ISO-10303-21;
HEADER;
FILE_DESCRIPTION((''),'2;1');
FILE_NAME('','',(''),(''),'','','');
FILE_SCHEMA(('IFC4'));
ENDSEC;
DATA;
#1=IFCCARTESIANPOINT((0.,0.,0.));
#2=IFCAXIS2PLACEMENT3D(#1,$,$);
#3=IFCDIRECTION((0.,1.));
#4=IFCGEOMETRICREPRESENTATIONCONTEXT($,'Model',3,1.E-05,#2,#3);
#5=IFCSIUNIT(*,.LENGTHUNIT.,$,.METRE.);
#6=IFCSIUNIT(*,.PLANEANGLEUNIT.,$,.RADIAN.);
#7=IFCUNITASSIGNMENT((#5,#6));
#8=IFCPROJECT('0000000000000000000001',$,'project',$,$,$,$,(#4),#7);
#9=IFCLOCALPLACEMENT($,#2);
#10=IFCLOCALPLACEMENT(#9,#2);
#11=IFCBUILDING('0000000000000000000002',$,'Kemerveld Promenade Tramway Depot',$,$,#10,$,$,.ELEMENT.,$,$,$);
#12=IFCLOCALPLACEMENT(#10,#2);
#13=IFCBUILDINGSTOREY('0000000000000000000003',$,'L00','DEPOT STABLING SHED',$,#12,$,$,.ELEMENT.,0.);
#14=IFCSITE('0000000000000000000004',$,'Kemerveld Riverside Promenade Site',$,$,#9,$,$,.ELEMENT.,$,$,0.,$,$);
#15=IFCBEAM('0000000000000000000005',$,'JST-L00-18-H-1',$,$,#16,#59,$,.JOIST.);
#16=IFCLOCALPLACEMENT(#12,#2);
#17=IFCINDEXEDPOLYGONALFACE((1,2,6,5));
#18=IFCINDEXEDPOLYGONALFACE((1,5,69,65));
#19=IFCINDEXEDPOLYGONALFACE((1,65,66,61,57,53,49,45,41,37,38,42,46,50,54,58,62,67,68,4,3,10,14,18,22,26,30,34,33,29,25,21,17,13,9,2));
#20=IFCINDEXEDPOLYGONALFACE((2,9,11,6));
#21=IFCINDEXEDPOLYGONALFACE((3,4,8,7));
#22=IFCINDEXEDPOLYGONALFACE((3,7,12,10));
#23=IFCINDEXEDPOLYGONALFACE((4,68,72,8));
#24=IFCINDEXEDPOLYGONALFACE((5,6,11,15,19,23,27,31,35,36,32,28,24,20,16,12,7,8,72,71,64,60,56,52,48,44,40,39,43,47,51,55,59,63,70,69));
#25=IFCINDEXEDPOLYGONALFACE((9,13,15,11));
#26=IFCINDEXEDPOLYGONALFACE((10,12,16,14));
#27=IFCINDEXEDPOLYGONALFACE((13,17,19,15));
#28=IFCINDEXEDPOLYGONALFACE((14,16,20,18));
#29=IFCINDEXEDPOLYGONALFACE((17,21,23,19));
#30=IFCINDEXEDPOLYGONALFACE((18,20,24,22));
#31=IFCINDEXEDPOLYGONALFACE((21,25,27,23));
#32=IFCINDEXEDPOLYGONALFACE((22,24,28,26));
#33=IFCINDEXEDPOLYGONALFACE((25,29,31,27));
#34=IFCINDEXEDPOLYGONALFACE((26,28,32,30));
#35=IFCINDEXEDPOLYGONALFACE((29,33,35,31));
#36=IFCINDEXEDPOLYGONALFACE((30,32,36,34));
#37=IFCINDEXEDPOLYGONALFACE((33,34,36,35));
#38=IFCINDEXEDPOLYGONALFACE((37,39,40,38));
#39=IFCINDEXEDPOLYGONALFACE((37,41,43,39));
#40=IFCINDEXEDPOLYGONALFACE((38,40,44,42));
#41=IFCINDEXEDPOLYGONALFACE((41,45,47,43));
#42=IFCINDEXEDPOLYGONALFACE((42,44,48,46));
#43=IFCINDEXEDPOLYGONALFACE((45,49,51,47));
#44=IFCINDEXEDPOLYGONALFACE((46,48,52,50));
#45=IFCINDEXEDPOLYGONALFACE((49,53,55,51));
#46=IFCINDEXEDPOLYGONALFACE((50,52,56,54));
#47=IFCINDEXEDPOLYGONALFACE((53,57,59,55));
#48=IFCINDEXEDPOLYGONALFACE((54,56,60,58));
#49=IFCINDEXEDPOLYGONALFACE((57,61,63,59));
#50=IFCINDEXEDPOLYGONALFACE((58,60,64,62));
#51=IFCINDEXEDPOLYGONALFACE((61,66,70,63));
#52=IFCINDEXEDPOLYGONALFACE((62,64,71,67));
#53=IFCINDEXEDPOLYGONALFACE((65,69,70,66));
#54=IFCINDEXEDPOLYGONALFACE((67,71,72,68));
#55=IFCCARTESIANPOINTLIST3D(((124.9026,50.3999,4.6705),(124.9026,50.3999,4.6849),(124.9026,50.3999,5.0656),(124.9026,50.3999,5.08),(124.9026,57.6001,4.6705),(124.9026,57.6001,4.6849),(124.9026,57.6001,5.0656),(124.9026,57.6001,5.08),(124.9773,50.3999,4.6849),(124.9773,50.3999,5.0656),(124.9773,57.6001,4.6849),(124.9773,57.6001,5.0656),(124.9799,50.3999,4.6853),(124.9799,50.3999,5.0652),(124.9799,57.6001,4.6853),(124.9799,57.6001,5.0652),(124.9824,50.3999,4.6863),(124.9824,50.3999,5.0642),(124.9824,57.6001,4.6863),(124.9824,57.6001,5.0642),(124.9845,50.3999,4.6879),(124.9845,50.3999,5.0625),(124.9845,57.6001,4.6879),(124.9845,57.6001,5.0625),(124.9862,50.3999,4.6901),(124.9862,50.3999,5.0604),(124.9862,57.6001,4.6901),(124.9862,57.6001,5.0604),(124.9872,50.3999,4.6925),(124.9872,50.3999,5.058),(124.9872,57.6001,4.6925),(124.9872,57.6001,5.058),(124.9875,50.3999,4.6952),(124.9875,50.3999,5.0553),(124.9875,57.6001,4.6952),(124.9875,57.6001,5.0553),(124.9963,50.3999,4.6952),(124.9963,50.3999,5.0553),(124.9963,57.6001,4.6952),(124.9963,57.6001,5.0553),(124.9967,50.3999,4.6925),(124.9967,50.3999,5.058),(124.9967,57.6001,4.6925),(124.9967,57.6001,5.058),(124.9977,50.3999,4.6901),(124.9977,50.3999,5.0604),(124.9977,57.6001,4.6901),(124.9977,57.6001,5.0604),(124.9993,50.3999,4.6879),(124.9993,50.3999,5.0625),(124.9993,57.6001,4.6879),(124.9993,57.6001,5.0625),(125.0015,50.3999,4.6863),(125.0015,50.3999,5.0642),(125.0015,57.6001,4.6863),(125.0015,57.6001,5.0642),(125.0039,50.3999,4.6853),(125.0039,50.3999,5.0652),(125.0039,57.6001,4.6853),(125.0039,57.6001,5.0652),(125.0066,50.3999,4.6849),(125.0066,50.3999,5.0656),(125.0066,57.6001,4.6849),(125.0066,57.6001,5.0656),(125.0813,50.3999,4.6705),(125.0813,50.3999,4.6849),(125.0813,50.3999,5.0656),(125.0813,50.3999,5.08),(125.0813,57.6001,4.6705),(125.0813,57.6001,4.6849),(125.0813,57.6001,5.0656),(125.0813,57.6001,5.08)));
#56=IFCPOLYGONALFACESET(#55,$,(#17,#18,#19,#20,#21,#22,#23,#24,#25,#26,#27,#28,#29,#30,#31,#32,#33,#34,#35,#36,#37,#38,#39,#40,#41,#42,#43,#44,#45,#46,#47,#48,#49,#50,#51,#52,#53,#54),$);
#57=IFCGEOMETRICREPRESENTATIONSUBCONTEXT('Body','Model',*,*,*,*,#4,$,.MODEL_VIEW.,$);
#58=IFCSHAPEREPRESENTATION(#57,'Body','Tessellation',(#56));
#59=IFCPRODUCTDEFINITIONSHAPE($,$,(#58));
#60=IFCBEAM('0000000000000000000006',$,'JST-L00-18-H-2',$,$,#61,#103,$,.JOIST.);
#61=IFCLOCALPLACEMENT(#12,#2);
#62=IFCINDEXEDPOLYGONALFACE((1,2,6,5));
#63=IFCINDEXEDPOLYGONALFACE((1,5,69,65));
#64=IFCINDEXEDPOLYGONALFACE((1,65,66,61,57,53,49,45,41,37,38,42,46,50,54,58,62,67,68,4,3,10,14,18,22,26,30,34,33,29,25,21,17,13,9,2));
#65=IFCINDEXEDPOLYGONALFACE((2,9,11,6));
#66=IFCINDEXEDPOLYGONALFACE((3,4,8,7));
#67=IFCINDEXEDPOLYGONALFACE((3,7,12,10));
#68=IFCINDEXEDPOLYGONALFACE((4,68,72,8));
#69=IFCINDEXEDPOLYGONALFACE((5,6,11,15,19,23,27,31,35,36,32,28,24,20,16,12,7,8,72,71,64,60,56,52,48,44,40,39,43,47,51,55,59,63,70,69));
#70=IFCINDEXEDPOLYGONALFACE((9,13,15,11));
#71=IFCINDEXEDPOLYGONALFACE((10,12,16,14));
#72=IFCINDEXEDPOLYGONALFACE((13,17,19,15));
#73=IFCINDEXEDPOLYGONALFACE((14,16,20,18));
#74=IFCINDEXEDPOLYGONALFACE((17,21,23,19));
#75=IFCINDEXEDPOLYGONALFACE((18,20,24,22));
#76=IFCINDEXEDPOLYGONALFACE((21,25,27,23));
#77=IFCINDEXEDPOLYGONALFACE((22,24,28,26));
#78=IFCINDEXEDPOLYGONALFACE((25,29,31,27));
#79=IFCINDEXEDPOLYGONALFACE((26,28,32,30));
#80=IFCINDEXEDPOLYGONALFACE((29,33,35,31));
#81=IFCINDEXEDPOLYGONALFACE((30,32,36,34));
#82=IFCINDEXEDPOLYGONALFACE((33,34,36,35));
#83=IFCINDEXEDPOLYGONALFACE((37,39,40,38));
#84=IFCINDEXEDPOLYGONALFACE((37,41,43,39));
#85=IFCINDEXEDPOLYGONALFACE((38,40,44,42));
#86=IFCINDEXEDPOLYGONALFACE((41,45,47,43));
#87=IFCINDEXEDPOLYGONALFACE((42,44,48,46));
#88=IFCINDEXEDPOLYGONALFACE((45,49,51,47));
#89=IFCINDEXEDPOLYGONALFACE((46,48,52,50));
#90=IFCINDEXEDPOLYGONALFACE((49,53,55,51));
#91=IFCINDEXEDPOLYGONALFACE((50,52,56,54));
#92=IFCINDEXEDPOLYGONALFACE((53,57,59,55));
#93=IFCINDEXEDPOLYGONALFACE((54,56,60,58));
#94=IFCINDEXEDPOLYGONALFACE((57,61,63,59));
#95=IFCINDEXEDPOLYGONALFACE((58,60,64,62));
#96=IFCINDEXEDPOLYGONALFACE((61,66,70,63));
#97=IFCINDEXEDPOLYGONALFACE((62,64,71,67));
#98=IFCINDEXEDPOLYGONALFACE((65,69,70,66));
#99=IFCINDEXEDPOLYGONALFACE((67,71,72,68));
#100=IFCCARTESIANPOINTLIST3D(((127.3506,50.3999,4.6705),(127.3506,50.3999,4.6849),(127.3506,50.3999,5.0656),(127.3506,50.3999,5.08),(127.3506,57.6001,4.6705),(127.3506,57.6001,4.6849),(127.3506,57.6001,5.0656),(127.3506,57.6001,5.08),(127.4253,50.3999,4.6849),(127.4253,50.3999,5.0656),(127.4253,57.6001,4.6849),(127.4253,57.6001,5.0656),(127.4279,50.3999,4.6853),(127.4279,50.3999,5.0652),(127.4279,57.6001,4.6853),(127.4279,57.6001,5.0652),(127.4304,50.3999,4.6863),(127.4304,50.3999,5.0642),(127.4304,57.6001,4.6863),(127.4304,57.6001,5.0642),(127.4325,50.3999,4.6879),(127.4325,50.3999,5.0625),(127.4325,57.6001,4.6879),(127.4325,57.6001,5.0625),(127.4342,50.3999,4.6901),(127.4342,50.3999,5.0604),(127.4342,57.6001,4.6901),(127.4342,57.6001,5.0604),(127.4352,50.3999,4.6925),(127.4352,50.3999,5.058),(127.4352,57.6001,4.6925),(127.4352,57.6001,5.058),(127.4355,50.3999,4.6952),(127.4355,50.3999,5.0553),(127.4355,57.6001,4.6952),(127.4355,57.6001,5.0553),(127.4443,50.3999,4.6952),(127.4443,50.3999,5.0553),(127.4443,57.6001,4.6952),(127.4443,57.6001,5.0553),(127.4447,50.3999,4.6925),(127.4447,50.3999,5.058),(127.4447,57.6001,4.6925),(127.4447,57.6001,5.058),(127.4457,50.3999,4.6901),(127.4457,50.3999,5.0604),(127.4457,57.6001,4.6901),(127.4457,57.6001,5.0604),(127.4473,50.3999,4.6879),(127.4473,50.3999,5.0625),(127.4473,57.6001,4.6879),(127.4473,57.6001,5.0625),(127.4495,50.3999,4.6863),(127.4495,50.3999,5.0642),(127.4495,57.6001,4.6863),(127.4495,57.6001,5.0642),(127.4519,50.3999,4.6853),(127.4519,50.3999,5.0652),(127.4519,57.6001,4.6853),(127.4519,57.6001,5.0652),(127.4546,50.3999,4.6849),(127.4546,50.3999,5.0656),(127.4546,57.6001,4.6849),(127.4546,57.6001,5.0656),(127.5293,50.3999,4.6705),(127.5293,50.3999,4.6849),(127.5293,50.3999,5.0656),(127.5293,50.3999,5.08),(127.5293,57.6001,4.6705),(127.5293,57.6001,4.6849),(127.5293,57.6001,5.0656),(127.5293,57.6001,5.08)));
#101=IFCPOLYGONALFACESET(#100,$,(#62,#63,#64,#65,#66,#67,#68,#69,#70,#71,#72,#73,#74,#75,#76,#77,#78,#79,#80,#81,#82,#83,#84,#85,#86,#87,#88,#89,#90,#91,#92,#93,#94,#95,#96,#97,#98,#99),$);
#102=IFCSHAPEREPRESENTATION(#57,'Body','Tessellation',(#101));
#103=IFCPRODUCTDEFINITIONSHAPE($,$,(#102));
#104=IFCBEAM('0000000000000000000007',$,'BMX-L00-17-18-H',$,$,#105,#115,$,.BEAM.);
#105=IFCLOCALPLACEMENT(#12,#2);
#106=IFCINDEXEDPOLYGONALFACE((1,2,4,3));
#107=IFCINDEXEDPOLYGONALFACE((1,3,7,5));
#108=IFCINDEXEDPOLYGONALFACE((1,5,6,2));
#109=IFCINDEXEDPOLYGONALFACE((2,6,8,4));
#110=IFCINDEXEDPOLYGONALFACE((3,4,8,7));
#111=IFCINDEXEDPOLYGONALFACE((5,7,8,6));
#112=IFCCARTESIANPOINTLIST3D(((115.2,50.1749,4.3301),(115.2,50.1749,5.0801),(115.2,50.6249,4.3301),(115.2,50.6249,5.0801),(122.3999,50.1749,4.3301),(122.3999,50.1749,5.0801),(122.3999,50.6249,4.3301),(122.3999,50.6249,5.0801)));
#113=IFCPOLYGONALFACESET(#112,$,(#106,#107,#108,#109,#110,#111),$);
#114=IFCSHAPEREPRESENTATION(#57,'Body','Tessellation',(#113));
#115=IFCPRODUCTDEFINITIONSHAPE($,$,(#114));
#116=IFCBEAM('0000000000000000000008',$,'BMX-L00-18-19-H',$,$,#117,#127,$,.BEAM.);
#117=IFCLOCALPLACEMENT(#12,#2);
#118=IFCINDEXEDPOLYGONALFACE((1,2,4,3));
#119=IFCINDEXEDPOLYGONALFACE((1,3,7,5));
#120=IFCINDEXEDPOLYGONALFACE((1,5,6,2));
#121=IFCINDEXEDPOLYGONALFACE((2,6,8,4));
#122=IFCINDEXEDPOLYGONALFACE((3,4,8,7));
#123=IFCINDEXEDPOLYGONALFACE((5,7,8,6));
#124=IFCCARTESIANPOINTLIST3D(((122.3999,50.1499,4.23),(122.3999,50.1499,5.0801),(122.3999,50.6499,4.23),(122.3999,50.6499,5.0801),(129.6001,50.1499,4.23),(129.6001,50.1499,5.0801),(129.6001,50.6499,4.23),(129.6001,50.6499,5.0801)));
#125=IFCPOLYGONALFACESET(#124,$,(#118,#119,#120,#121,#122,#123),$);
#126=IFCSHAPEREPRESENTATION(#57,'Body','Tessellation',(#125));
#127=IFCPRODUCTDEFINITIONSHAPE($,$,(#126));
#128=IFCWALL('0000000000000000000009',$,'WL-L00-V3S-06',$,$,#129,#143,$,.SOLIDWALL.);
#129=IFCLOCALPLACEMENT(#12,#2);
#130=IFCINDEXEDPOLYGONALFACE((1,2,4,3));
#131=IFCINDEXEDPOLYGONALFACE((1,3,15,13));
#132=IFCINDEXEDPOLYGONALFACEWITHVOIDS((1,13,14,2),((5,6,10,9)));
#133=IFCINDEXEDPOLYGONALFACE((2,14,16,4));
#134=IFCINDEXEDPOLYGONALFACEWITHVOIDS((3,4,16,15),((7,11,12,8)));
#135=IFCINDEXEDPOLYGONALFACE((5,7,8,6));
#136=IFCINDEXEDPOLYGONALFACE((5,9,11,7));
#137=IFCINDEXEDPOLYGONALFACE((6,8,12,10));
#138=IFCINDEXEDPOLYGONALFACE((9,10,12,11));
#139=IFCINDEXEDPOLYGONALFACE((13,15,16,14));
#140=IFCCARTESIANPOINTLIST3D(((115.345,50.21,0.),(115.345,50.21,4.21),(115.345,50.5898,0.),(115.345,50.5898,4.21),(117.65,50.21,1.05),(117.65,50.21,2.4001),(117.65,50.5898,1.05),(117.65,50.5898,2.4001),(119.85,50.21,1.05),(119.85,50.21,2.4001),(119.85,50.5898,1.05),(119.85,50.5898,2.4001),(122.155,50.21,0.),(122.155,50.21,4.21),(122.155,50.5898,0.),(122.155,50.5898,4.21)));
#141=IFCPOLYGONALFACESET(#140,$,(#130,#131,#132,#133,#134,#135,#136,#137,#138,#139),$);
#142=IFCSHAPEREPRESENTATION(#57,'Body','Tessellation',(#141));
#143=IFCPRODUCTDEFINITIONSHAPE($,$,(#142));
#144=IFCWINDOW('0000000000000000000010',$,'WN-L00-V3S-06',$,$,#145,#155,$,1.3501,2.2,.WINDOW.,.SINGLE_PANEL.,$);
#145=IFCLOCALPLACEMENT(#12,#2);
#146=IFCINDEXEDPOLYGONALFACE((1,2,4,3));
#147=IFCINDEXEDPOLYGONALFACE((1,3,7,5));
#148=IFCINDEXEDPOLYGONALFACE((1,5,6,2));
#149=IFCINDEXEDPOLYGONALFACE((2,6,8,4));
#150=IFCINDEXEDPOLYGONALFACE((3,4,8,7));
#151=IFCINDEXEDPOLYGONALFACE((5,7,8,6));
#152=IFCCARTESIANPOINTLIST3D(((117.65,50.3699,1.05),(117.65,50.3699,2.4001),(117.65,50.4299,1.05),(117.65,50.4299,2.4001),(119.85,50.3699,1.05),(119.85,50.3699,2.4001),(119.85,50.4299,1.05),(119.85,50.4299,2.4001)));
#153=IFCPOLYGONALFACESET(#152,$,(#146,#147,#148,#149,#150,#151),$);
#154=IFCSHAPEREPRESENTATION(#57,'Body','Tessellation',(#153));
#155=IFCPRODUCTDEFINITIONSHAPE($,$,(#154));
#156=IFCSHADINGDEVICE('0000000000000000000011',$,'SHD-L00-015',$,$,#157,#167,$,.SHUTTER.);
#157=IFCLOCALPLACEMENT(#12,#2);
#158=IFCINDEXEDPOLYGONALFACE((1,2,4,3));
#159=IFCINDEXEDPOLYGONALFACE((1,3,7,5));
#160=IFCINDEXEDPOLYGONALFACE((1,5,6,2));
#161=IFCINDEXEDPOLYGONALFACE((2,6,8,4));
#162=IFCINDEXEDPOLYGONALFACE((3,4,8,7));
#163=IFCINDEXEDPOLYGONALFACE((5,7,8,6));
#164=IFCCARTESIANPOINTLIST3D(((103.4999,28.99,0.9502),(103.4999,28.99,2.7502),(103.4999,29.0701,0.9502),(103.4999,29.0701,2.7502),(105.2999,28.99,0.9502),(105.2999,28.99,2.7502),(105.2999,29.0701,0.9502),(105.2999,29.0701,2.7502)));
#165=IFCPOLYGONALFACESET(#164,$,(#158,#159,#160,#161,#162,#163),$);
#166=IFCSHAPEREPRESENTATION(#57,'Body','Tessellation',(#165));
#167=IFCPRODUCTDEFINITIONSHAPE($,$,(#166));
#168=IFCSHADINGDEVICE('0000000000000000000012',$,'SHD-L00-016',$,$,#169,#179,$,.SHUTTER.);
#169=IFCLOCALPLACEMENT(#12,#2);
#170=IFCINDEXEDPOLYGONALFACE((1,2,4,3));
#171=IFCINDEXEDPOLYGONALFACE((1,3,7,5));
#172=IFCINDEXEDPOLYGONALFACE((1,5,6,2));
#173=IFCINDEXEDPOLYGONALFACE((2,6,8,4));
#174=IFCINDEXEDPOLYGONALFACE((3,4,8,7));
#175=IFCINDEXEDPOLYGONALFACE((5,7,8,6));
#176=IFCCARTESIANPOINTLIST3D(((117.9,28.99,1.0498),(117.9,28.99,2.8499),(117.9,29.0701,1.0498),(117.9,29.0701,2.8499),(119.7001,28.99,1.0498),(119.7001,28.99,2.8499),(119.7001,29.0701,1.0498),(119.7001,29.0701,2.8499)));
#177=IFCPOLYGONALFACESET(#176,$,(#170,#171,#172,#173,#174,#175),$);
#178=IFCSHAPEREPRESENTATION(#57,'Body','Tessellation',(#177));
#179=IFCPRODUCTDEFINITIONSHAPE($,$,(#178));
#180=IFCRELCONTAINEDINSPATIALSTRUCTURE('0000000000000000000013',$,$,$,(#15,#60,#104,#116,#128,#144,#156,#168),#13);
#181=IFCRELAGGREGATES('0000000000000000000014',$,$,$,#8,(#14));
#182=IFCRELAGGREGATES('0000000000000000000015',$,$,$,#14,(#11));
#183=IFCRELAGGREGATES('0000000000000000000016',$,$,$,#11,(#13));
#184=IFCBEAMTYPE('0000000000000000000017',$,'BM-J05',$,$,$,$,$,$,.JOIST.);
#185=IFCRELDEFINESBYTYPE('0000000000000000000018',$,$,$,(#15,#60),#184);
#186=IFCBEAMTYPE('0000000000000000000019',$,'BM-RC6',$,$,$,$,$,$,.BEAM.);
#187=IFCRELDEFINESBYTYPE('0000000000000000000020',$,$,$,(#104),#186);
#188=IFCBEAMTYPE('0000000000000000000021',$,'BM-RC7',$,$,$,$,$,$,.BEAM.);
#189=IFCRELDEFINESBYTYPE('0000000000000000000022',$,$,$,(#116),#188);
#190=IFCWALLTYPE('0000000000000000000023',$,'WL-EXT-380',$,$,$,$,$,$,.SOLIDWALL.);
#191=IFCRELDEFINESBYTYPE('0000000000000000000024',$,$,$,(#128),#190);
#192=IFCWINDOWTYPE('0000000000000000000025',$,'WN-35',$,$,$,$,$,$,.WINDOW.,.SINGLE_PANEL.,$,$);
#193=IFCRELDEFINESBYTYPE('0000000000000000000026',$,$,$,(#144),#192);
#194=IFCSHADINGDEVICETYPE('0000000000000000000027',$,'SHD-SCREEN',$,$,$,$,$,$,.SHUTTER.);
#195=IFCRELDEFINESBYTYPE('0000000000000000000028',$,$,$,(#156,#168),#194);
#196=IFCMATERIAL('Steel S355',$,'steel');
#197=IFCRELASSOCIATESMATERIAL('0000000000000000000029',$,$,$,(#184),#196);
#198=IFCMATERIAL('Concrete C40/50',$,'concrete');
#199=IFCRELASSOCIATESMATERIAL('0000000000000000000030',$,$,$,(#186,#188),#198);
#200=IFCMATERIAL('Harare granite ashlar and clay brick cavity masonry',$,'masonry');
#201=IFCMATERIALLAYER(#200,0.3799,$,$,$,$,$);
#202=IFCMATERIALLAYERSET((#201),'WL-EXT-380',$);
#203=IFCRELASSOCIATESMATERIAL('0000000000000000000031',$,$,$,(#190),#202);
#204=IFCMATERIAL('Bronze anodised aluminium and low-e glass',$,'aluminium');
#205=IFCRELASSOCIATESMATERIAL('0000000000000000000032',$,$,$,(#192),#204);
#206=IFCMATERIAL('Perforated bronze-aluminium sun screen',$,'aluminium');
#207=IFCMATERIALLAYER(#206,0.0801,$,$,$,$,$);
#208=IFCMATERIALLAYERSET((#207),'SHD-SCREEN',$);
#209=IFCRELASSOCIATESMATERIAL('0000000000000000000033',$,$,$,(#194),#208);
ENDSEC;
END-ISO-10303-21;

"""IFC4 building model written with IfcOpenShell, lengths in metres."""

from ifc_helpers import new_model, si_unit, direction, frame, frame_2d, origin, origin_2d, place, context, subcontext, project, spatial, rectangle, i_section, extrude, material, layer, layer_set, material_profile, profile_set, type_object, element, fill, save


model = new_model("IFC4")

# Units and contexts
model_context = context("Model", 3, precision=1e-05, world=origin(), true_north=direction((0.0, 1.0)))
body_context = subcontext(model_context, "Body", "Model", "MODEL_VIEW")
ifc_project = project(units=[si_unit("LENGTHUNIT", "METRE"), si_unit("PLANEANGLEUNIT", "RADIAN")], contexts=[model_context])

# Site, building, storey
site_placement = place(None, origin())
site = spatial("IfcSite", under=ifc_project, at=site_placement, Name="Kemerveld Riverside Promenade Site", CompositionType="ELEMENT", RefElevation=0.0)
building_placement = place(site_placement, origin())
building = spatial("IfcBuilding", under=site, at=building_placement, Name="Kemerveld Promenade Tramway Depot", CompositionType="ELEMENT")
storey_placement = place(building_placement, origin())
storey = spatial("IfcBuildingStorey", under=building, at=storey_placement, Name="L00", Description="DEPOT STABLING SHED", CompositionType="ELEMENT", Elevation=0.0)

# Shared definitions
ifc_material_1 = material(Name="Concrete C40/50", Category="concrete")
ifc_material_2 = material(Name="Steel S355", Category="steel")

# Beams
ifc_material_profile_1 = material_profile(ifc_material_2, i_section(OverallWidth=0.1787, OverallDepth=0.4094, WebThickness=0.0088, FlangeThickness=0.0144, FilletRadius=0.0103, at=origin_2d()), Name="406x178x67 UB")
ifc_profile_set_1 = profile_set([ifc_material_profile_1], Name="Steel S355")
beam_type_1 = type_object("IfcBeamType", Name="BM-J05", PredefinedType="JOIST", material=ifc_profile_set_1)
for number, where, z_axis, x_axis, name in (
    (1, (124.9919, 50.3999, 4.8752), (0.0, 1.0, 0.0), (-1.0, 0.0, 0.0), "JST-L00-18-H-1"),
    (2, (127.4399, 50.3999, 4.8752), (0.0, 1.0, 0.0), (-1.0, 0.0, 0.0), "JST-L00-18-H-2"),
):
    element("IfcBeam", number, at=place(storey_placement, frame(where, z_axis=z_axis, x_axis=x_axis)), inside=storey, type_object=beam_type_1, Name=name, PredefinedType="JOIST", context=body_context, shape_type="SweptSolid", body=[
        extrude(i_section(OverallWidth=0.1787, OverallDepth=0.4094, WebThickness=0.0088, FlangeThickness=0.0144, FilletRadius=0.0103, at=origin_2d()), origin(), (0.0, 0.0, 1.0), 7.2002),
    ])
ifc_material_profile_2 = material_profile(ifc_material_1, rectangle(XDim=0.45, YDim=0.75, at=origin_2d()), Name="RC-BM-450x750")
ifc_profile_set_2 = profile_set([ifc_material_profile_2], Name="Concrete C40/50")
beam_type_2 = type_object("IfcBeamType", Name="BM-RC6", PredefinedType="BEAM", material=ifc_profile_set_2)
beam_1_placement = place(storey_placement, frame((115.2, 50.3999, 4.7051), z_axis=(1.0, 0.0, 0.0), x_axis=(0.0, 1.0, 0.0)))
element("IfcBeam", 3, at=beam_1_placement, inside=storey, type_object=beam_type_2, Name="BMX-L00-17-18-H", PredefinedType="BEAM", context=body_context, shape_type="SweptSolid", body=[
    extrude(rectangle(XDim=0.45, YDim=0.75, at=origin_2d()), origin(), (0.0, 0.0, 1.0), 7.2),
])
ifc_material_profile_3 = material_profile(ifc_material_1, rectangle(XDim=0.5, YDim=0.8501, at=origin_2d()), Name="RC-BM-500x850")
ifc_profile_set_3 = profile_set([ifc_material_profile_3], Name="Concrete C40/50")
beam_type_3 = type_object("IfcBeamType", Name="BM-RC7", PredefinedType="BEAM", material=ifc_profile_set_3)
beam_2_placement = place(storey_placement, frame((122.3999, 50.3999, 4.655), z_axis=(1.0, 0.0, 0.0), x_axis=(0.0, 1.0, 0.0)))
element("IfcBeam", 4, at=beam_2_placement, inside=storey, type_object=beam_type_3, Name="BMX-L00-18-19-H", PredefinedType="BEAM", context=body_context, shape_type="SweptSolid", body=[
    extrude(rectangle(XDim=0.5, YDim=0.8501, at=origin_2d()), origin(), (0.0, 0.0, 1.0), 7.2002),
])

# Shared definitions
ifc_material_3 = material(Name="Harare granite ashlar and clay brick cavity masonry", Category="masonry")
ifc_layer_1 = layer(ifc_material_3, 0.3799)
ifc_layer_set_1 = layer_set([ifc_layer_1], Name="WL-EXT-380")
wall_type = type_object("IfcWallType", Name="WL-EXT-380", PredefinedType="SOLIDWALL", material=ifc_layer_set_1)

# Wall, opening, window
wall_1_placement = place(storey_placement, frame((122.155, 50.3999, 0.0), z_axis=(0.0, 0.0, 1.0), x_axis=(-1.0, 0.0, 0.0)))
wall_1 = element("IfcWall", 5, at=wall_1_placement, inside=storey, type_object=wall_type, Name="WL-L00-V3S-06", PredefinedType="SOLIDWALL", context=body_context, shape_type="SweptSolid", body=[
    extrude(rectangle(XDim=6.8101, YDim=0.3799, at=frame_2d((3.405, 0.0))), origin(), (0.0, 0.0, 1.0), 4.21),
])
opening_1_placement = place(wall_1_placement, frame((2.3049, 0.0, 1.05)))
opening_1 = element("IfcOpeningElement", 6, at=opening_1_placement, cuts=wall_1, PredefinedType="OPENING", context=body_context, shape_type="SweptSolid", body=[
    extrude(rectangle(XDim=2.2, YDim=1.3501, at=frame_2d((1.1001, 0.675))), frame((0.0, 0.2, 0.0), z_axis=(0.0, -1.0, 0.0), x_axis=(1.0, 0.0, 0.0)), (0.0, 0.0, 1.0), 0.3999),
])
ifc_material_4 = material(Name="Bronze anodised aluminium and low-e glass", Category="aluminium")
window_type = type_object("IfcWindowType", Name="WN-35", PartitioningType="SINGLE_PANEL", PredefinedType="WINDOW", material=ifc_material_4)
window_placement = place(opening_1_placement, origin())
window = element("IfcWindow", 7, at=window_placement, inside=storey, type_object=window_type, Name="WN-L00-V3S-06", OverallHeight=1.3501, OverallWidth=2.2, PartitioningType="SINGLE_PANEL", PredefinedType="WINDOW", context=body_context, shape_type="SweptSolid", body=[
    extrude(rectangle(XDim=2.2, YDim=1.3501, at=frame_2d((1.1001, 0.675))), frame((0.0, 0.03, 0.0), z_axis=(0.0, -1.0, 0.0), x_axis=(1.0, 0.0, 0.0)), (0.0, 0.0, 1.0), 0.0601),
])
fill(opening_1, window)

# Shading devices
ifc_material_5 = material(Name="Perforated bronze-aluminium sun screen", Category="aluminium")
ifc_layer_2 = layer(ifc_material_5, 0.0801)
ifc_layer_set_2 = layer_set([ifc_layer_2], Name="SHD-SCREEN")
shading_device_type = type_object("IfcShadingDeviceType", Name="SHD-SCREEN", PredefinedType="SHUTTER", material=ifc_layer_set_2)
for number, where, z_axis, x_axis, name in (
    (8, (104.3999, 29.03, 0.9502), (0.0, 0.0, 1.0), (1.0, 0.0, 0.0), "SHD-L00-015"),
    (9, (118.8, 29.03, 1.0498), (0.0, 0.0, 1.0), (1.0, 0.0, 0.0), "SHD-L00-016"),
):
    element("IfcShadingDevice", number, at=place(storey_placement, frame(where, z_axis=z_axis, x_axis=x_axis)), inside=storey, type_object=shading_device_type, Name=name, PredefinedType="SHUTTER", context=body_context, shape_type="SweptSolid", body=[
        extrude(rectangle(XDim=1.8, YDim=0.0801, at=origin_2d()), origin(), (0.0, 0.0, 1.0), 1.8),
    ])

save(model, "model.ifc")
